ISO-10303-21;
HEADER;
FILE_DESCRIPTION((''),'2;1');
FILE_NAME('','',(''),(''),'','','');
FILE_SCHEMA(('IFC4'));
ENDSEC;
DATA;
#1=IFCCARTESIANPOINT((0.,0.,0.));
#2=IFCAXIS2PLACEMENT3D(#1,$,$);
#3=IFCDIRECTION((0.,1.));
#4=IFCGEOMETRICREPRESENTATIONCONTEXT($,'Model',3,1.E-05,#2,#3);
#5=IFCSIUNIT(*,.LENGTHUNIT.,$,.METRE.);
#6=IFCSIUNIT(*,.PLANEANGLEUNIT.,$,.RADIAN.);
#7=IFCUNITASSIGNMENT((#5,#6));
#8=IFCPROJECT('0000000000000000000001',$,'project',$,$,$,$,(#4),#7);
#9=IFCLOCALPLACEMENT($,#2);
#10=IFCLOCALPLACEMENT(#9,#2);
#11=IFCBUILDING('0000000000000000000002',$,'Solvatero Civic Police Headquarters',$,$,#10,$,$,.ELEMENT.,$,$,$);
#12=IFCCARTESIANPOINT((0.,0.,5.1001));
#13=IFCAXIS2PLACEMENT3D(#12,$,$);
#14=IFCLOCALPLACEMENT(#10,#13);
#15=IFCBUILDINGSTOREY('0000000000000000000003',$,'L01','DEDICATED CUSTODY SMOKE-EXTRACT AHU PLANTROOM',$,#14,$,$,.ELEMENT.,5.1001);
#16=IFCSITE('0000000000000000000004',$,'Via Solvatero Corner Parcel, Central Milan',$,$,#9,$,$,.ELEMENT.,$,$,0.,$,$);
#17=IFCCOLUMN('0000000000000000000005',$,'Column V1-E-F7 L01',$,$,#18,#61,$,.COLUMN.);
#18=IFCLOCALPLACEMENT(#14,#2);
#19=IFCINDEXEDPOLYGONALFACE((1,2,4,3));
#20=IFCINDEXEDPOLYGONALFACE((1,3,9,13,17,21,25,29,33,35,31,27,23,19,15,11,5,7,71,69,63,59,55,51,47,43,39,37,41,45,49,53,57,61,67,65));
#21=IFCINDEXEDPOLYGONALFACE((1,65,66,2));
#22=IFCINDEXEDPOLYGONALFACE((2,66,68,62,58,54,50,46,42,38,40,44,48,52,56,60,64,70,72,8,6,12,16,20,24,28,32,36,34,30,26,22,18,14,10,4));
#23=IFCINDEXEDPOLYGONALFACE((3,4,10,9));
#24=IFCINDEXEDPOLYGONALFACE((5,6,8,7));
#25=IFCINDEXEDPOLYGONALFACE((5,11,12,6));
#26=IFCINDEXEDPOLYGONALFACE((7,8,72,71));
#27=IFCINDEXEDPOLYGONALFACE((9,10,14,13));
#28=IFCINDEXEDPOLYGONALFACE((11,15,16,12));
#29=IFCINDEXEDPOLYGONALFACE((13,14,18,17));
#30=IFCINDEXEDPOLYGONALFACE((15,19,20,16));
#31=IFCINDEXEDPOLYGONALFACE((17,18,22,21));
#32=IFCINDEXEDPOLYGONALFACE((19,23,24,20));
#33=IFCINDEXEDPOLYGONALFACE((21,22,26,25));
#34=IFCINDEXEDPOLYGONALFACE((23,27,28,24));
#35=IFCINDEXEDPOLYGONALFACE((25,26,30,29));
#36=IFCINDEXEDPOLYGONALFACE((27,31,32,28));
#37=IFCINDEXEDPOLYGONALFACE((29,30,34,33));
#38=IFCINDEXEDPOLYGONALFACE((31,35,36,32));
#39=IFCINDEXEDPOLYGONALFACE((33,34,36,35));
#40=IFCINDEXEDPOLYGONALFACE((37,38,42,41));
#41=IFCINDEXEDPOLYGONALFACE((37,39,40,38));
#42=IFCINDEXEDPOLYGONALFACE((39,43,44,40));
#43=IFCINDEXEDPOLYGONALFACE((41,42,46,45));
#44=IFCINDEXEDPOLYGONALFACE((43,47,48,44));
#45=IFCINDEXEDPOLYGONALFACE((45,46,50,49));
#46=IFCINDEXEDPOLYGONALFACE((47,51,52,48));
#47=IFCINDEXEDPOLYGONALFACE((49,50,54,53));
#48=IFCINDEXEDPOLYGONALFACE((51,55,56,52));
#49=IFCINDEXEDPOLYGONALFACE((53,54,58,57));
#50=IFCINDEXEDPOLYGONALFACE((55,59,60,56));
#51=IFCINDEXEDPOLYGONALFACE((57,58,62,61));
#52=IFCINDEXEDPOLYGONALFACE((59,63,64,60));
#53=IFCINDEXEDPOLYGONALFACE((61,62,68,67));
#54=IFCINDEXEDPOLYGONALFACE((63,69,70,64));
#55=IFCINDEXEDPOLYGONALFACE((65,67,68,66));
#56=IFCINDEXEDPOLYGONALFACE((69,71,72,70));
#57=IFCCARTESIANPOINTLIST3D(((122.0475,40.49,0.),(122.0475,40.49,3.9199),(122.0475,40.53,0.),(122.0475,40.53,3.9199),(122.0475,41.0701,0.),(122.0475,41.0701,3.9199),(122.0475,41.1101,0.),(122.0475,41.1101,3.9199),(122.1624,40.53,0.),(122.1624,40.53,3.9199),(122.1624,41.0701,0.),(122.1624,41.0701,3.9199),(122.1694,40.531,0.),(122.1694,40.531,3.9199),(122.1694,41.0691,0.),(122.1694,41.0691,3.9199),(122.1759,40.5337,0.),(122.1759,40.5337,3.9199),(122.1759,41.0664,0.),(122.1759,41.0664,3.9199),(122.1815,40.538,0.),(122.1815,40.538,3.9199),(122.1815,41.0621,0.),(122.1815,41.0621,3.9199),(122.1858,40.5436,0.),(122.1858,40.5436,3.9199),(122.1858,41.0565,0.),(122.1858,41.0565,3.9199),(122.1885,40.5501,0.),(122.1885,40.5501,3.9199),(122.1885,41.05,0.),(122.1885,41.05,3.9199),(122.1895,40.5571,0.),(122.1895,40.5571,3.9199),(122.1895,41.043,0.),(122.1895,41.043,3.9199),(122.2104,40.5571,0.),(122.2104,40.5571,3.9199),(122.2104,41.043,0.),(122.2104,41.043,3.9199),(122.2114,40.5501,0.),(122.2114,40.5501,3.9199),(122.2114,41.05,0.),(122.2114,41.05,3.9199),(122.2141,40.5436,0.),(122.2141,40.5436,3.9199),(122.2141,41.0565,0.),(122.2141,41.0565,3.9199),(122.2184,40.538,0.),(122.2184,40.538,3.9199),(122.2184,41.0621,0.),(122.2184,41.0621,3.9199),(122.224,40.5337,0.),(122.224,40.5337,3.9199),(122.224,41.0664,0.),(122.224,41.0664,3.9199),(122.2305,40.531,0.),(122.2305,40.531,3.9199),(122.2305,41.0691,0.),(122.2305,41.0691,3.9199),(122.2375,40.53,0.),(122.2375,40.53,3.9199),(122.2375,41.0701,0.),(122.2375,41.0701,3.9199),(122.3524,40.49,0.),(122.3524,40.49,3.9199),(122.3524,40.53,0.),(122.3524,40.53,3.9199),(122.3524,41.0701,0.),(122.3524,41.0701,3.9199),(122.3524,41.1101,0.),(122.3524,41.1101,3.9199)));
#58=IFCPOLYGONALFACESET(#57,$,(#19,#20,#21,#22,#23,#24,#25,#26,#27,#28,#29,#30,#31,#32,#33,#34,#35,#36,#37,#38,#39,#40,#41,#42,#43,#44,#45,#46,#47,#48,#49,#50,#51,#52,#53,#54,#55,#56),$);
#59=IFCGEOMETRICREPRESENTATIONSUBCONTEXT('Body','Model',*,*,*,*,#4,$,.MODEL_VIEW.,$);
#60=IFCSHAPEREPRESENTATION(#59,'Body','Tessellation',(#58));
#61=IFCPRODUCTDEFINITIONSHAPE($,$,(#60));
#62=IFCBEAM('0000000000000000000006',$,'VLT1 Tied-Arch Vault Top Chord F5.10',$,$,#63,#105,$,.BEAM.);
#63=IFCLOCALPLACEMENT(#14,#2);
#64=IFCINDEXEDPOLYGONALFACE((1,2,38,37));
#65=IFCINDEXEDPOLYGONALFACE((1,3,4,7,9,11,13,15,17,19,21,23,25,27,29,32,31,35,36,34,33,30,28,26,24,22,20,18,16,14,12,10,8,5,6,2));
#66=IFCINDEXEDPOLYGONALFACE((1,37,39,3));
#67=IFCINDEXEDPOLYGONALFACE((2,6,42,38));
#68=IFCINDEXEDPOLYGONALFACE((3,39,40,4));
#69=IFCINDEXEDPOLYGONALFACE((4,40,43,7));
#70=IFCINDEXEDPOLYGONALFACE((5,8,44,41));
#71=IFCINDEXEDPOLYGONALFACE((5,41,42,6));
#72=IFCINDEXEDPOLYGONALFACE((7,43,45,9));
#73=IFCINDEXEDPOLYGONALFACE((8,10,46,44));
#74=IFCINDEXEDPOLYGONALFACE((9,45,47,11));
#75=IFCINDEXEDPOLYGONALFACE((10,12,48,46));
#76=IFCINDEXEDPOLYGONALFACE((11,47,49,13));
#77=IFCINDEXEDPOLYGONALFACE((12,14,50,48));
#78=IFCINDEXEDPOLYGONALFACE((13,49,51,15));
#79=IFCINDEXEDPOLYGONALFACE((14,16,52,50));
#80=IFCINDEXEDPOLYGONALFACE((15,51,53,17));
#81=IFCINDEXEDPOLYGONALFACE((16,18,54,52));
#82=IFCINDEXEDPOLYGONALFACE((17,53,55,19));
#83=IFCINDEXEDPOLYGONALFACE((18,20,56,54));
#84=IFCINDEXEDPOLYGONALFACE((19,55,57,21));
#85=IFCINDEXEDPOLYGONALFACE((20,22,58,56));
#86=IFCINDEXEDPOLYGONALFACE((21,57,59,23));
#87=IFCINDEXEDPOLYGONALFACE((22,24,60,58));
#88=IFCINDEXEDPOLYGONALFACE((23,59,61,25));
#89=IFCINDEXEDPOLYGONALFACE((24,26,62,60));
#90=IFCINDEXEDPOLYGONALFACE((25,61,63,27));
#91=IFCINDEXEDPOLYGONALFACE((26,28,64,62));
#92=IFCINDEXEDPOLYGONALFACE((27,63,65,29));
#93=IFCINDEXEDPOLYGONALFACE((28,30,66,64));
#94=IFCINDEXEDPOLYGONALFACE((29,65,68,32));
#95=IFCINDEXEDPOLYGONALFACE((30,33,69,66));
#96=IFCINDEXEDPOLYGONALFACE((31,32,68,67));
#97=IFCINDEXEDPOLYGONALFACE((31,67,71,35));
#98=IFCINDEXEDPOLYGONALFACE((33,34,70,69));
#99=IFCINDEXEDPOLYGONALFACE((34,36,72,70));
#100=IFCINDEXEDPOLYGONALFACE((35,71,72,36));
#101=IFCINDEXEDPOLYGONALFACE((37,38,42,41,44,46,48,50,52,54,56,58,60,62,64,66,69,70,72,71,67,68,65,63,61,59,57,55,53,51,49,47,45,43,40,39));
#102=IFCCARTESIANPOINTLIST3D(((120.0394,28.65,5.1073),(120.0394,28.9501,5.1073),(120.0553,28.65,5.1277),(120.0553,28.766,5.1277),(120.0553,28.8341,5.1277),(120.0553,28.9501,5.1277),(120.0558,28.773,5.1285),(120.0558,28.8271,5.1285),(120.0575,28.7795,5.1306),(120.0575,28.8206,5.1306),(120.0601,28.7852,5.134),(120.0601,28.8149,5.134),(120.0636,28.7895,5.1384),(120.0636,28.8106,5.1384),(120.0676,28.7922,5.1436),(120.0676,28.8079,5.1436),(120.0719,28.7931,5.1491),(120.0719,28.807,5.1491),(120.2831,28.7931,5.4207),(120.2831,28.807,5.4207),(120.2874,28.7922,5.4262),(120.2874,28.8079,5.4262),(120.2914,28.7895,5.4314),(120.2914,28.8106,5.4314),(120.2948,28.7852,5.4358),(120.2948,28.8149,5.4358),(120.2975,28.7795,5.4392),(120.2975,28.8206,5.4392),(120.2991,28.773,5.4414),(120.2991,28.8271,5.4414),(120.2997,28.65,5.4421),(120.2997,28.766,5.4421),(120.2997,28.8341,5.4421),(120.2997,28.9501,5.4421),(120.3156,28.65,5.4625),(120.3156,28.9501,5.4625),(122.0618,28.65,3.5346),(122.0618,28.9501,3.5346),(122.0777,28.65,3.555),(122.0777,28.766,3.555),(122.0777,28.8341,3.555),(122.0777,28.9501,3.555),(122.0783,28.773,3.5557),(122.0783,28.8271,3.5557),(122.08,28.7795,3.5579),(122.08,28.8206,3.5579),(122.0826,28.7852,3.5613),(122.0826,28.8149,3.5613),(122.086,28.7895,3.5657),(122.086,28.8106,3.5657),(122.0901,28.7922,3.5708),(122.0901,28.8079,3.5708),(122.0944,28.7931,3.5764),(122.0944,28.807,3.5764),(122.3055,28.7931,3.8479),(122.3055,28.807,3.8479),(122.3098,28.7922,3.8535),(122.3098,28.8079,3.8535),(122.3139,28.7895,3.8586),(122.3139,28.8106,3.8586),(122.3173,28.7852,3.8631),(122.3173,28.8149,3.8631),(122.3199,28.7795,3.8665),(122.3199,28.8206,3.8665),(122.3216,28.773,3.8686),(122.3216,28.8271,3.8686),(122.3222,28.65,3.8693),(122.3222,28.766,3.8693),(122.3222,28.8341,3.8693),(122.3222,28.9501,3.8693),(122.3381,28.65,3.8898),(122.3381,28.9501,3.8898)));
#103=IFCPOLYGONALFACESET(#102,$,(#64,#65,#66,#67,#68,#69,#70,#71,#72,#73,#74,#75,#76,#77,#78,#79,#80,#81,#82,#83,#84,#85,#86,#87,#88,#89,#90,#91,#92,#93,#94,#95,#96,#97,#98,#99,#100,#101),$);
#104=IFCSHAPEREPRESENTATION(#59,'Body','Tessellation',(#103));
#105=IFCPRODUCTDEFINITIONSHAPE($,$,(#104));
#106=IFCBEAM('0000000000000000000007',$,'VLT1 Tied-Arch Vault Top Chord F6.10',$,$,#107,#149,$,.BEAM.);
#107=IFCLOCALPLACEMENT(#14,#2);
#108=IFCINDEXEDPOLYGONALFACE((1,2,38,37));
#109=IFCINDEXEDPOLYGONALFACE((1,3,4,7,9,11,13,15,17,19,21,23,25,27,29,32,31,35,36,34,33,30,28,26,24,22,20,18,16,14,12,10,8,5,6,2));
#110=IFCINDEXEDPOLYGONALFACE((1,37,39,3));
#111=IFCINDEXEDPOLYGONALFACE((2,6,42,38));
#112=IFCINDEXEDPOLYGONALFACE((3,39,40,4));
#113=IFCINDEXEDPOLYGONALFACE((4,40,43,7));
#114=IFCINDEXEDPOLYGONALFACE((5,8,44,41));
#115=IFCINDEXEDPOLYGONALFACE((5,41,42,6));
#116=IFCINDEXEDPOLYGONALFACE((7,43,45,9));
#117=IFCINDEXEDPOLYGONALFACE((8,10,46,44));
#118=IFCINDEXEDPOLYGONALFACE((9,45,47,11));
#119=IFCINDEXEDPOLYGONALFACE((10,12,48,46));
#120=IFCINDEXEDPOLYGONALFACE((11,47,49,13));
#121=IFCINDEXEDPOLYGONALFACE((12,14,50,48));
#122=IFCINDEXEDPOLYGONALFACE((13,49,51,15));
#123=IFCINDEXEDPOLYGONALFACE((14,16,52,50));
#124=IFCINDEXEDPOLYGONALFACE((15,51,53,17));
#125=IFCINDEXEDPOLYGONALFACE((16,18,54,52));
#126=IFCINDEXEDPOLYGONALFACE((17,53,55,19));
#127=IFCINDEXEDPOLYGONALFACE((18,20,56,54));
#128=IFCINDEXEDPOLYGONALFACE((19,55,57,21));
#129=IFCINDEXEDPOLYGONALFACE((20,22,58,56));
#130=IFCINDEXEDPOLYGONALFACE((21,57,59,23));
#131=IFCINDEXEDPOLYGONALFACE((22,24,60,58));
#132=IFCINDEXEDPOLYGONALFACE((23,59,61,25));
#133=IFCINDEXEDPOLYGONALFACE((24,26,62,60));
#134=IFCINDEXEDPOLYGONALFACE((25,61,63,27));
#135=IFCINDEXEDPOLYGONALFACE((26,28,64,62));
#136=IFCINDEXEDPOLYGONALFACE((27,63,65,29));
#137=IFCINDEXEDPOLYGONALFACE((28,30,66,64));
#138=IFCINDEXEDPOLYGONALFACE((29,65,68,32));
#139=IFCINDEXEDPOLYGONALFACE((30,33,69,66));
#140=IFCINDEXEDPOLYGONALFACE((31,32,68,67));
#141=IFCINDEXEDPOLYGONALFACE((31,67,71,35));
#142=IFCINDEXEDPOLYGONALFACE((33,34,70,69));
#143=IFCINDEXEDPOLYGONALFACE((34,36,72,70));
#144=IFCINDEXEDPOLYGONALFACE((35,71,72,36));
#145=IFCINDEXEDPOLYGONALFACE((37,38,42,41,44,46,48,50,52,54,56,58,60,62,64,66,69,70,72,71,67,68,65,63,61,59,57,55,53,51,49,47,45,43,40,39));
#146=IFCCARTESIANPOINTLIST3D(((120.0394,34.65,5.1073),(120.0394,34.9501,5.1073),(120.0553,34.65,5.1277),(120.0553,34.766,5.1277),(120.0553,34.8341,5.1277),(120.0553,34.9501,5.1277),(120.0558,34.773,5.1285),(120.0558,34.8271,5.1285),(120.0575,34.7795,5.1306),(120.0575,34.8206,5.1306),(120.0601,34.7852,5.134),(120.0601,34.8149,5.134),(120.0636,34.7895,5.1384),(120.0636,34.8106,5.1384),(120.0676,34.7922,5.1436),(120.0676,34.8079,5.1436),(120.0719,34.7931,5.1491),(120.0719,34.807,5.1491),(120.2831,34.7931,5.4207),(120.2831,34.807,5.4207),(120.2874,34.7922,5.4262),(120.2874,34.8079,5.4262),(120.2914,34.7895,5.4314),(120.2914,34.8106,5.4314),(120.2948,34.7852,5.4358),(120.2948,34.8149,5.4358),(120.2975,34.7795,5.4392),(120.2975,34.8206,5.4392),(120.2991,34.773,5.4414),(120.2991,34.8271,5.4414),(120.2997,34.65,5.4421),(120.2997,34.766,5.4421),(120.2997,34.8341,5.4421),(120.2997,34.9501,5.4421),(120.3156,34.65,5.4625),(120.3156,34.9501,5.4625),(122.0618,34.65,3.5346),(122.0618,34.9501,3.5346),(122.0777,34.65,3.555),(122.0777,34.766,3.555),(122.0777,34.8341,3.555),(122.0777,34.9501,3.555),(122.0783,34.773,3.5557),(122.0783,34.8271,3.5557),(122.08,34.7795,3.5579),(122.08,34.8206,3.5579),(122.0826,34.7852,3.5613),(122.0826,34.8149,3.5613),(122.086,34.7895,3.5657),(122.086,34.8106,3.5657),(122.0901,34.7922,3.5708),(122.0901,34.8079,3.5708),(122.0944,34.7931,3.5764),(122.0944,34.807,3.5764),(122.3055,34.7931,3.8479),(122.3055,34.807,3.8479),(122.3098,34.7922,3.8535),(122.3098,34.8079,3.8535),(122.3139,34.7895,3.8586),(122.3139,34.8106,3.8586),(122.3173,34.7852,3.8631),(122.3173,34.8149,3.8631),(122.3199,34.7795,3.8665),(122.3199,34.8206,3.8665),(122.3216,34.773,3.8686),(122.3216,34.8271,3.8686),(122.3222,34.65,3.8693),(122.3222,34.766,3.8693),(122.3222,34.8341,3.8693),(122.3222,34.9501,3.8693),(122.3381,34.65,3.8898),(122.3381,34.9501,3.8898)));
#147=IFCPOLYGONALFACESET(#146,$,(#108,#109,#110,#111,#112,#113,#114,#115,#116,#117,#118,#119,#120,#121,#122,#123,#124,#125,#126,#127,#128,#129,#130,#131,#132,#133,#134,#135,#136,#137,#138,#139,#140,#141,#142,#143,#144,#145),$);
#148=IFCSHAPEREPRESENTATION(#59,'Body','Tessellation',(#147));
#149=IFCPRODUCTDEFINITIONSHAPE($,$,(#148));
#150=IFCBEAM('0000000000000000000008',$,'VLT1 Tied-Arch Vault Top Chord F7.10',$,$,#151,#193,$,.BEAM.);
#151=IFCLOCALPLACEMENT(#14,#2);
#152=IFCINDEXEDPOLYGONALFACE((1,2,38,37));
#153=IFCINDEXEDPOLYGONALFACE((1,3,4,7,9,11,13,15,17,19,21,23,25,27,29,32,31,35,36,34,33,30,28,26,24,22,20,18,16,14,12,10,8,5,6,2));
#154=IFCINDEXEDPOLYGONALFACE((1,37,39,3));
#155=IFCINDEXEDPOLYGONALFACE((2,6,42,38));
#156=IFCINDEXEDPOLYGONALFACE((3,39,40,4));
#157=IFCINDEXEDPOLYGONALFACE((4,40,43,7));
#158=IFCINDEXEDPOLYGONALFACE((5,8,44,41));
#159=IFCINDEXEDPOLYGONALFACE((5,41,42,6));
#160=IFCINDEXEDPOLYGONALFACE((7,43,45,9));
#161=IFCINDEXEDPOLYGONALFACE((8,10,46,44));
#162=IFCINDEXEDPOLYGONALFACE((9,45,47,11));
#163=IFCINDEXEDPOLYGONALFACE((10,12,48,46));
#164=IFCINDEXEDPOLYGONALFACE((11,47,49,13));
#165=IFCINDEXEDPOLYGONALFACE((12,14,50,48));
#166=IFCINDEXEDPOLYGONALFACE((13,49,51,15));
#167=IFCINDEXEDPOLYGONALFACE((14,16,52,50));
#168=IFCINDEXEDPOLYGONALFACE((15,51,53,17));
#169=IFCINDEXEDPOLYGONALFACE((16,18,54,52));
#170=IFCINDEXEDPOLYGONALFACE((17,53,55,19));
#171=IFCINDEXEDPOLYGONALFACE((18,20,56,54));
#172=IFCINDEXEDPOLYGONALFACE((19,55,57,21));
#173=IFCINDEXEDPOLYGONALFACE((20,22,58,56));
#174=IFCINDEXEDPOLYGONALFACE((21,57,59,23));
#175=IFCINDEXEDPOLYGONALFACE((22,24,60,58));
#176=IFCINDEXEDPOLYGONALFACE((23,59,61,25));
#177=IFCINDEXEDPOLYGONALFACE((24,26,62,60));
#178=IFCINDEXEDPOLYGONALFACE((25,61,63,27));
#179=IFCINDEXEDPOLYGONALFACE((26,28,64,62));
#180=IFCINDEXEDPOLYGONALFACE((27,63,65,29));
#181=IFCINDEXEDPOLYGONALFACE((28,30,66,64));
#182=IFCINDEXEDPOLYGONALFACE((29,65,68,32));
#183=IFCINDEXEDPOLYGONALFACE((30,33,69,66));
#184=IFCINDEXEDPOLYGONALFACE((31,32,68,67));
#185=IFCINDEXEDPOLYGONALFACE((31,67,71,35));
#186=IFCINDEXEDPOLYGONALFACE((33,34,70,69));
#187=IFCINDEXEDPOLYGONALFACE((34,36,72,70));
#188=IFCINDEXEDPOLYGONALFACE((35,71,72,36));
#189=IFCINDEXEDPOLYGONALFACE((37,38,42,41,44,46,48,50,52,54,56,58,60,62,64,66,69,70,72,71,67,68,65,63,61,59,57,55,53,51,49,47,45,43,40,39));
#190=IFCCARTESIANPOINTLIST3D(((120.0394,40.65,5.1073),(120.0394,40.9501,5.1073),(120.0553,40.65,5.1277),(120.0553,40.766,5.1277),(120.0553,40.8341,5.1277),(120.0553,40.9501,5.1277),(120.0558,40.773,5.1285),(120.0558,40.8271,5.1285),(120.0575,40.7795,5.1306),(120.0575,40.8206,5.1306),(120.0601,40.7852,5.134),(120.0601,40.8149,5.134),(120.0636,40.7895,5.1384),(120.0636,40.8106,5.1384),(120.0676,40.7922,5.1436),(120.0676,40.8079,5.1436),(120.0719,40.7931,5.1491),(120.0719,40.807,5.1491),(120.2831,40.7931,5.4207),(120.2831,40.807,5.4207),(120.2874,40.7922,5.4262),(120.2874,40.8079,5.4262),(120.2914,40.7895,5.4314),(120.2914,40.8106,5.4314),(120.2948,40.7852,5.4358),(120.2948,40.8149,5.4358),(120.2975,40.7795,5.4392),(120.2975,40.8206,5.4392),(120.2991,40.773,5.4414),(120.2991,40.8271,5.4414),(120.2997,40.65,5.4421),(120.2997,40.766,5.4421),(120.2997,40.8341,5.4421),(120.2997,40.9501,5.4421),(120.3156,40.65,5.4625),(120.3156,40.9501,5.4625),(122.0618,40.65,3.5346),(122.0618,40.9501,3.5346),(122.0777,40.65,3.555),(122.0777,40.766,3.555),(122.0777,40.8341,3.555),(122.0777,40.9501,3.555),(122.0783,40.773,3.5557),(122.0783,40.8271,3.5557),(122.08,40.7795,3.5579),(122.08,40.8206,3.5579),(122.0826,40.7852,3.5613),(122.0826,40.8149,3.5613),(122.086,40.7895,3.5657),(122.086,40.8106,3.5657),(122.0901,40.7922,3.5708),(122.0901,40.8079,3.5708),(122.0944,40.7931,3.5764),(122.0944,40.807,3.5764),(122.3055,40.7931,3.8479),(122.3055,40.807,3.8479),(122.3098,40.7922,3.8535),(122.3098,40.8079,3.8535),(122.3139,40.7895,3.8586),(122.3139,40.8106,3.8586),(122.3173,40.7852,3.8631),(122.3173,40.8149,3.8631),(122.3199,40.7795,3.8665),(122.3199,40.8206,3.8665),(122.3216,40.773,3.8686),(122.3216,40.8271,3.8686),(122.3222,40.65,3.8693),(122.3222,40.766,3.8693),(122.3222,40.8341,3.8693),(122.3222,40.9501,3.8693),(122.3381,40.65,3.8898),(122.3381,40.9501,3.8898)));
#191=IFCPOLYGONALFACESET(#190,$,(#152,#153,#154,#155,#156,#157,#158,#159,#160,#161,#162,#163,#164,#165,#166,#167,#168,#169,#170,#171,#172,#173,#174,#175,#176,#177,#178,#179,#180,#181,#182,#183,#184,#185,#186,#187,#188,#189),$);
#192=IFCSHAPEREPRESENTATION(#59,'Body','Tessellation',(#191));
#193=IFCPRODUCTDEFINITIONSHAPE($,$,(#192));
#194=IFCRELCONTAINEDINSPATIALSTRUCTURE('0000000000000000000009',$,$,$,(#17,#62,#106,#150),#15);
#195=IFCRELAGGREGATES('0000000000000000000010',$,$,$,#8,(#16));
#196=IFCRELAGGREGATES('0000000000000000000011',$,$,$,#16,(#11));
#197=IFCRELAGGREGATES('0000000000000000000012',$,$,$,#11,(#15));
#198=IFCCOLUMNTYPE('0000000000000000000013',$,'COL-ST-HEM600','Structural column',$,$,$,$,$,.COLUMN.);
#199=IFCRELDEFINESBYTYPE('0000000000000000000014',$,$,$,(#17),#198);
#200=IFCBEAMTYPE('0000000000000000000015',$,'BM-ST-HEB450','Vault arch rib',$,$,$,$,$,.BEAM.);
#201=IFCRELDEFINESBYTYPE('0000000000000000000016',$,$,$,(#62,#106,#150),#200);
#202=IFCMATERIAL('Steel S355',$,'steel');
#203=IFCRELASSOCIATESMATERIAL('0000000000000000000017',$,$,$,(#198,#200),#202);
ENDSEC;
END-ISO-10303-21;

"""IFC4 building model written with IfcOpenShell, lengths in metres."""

from ifc_helpers import new_model, si_unit, direction, frame, origin, origin_2d, place, context, subcontext, project, spatial, i_section, extrude, material, material_profile, profile_set, type_object, element, save


model = new_model("IFC4")

# Units and contexts
model_context = context("Model", 3, precision=1e-05, world=origin(), true_north=direction((0.0, 1.0)))
body_context = subcontext(model_context, "Body", "Model", "MODEL_VIEW")
ifc_project = project(units=[si_unit("LENGTHUNIT", "METRE"), si_unit("PLANEANGLEUNIT", "RADIAN")], contexts=[model_context])

# Site, building, storey
site_placement = place(None, origin())
site = spatial("IfcSite", under=ifc_project, at=site_placement, Name="Via Solvatero Corner Parcel, Central Milan", CompositionType="ELEMENT", RefElevation=0.0)
building_placement = place(site_placement, origin())
building = spatial("IfcBuilding", under=site, at=building_placement, Name="Solvatero Civic Police Headquarters", CompositionType="ELEMENT")
storey_placement = place(building_placement, frame((0.0, 0.0, 5.1001)))
storey = spatial("IfcBuildingStorey", under=building, at=storey_placement, Name="L01", Description="DEDICATED CUSTODY SMOKE-EXTRACT AHU PLANTROOM", CompositionType="ELEMENT", Elevation=5.1001)

# Column
ifc_material_1 = material(Name="Steel S355", Category="steel")
ifc_material_profile_1 = material_profile(ifc_material_1, i_section(OverallWidth=0.3049, OverallDepth=0.6201, WebThickness=0.021, FlangeThickness=0.04, FilletRadius=0.0271, at=origin_2d()), Name="HEM 600")
ifc_profile_set_1 = profile_set([ifc_material_profile_1], Name="Steel S355")
column_type_1 = type_object("IfcColumnType", Name="COL-ST-HEM600", Description="Structural column", PredefinedType="COLUMN", material=ifc_profile_set_1)
column_1_placement = place(storey_placement, frame((122.2, 40.8, 0.0), z_axis=(0.0, 0.0, 1.0), x_axis=(1.0, 0.0, 0.0)))
element("IfcColumn", 1, at=column_1_placement, inside=storey, type_object=column_type_1, Name="Column V1-E-F7 L01", PredefinedType="COLUMN", context=body_context, shape_type="SweptSolid", body=[
    extrude(i_section(OverallWidth=0.3049, OverallDepth=0.6201, WebThickness=0.021, FlangeThickness=0.04, FilletRadius=0.0271, at=origin_2d()), origin(), (0.0, 0.0, 1.0), 3.9199),
])

# Beams
ifc_material_profile_2 = material_profile(ifc_material_1, i_section(OverallWidth=0.3, OverallDepth=0.45, WebThickness=0.0139, FlangeThickness=0.0259, FilletRadius=0.0271, at=origin_2d()), Name="HEB 450")
ifc_profile_set_2 = profile_set([ifc_material_profile_2], Name="Steel S355")
beam_type_1 = type_object("IfcBeamType", Name="BM-ST-HEB450", Description="Vault arch rib", PredefinedType="BEAM", material=ifc_profile_set_2)
for number, where, z_axis, x_axis, name in (
    (2, (120.1775, 28.8, 5.2849), (0.789404, 0.0, -0.613875), (0.0, 1.0, 0.0), "VLT1 Tied-Arch Vault Top Chord F5.10"),
    (3, (120.1775, 34.8, 5.2849), (0.789404, 0.0, -0.613875), (0.0, 1.0, 0.0), "VLT1 Tied-Arch Vault Top Chord F6.10"),
    (4, (120.1775, 40.8, 5.2849), (0.789404, 0.0, -0.613875), (0.0, 1.0, 0.0), "VLT1 Tied-Arch Vault Top Chord F7.10"),
):
    element("IfcBeam", number, at=place(storey_placement, frame(where, z_axis=z_axis, x_axis=x_axis)), inside=storey, type_object=beam_type_1, Name=name, PredefinedType="BEAM", context=body_context, shape_type="SweptSolid", body=[
        extrude(i_section(OverallWidth=0.3, OverallDepth=0.45, WebThickness=0.0139, FlangeThickness=0.0259, FilletRadius=0.0271, at=origin_2d()), origin(), (0.0, 0.0, 1.0), 2.562),
    ])

save(model, "model.ifc")
